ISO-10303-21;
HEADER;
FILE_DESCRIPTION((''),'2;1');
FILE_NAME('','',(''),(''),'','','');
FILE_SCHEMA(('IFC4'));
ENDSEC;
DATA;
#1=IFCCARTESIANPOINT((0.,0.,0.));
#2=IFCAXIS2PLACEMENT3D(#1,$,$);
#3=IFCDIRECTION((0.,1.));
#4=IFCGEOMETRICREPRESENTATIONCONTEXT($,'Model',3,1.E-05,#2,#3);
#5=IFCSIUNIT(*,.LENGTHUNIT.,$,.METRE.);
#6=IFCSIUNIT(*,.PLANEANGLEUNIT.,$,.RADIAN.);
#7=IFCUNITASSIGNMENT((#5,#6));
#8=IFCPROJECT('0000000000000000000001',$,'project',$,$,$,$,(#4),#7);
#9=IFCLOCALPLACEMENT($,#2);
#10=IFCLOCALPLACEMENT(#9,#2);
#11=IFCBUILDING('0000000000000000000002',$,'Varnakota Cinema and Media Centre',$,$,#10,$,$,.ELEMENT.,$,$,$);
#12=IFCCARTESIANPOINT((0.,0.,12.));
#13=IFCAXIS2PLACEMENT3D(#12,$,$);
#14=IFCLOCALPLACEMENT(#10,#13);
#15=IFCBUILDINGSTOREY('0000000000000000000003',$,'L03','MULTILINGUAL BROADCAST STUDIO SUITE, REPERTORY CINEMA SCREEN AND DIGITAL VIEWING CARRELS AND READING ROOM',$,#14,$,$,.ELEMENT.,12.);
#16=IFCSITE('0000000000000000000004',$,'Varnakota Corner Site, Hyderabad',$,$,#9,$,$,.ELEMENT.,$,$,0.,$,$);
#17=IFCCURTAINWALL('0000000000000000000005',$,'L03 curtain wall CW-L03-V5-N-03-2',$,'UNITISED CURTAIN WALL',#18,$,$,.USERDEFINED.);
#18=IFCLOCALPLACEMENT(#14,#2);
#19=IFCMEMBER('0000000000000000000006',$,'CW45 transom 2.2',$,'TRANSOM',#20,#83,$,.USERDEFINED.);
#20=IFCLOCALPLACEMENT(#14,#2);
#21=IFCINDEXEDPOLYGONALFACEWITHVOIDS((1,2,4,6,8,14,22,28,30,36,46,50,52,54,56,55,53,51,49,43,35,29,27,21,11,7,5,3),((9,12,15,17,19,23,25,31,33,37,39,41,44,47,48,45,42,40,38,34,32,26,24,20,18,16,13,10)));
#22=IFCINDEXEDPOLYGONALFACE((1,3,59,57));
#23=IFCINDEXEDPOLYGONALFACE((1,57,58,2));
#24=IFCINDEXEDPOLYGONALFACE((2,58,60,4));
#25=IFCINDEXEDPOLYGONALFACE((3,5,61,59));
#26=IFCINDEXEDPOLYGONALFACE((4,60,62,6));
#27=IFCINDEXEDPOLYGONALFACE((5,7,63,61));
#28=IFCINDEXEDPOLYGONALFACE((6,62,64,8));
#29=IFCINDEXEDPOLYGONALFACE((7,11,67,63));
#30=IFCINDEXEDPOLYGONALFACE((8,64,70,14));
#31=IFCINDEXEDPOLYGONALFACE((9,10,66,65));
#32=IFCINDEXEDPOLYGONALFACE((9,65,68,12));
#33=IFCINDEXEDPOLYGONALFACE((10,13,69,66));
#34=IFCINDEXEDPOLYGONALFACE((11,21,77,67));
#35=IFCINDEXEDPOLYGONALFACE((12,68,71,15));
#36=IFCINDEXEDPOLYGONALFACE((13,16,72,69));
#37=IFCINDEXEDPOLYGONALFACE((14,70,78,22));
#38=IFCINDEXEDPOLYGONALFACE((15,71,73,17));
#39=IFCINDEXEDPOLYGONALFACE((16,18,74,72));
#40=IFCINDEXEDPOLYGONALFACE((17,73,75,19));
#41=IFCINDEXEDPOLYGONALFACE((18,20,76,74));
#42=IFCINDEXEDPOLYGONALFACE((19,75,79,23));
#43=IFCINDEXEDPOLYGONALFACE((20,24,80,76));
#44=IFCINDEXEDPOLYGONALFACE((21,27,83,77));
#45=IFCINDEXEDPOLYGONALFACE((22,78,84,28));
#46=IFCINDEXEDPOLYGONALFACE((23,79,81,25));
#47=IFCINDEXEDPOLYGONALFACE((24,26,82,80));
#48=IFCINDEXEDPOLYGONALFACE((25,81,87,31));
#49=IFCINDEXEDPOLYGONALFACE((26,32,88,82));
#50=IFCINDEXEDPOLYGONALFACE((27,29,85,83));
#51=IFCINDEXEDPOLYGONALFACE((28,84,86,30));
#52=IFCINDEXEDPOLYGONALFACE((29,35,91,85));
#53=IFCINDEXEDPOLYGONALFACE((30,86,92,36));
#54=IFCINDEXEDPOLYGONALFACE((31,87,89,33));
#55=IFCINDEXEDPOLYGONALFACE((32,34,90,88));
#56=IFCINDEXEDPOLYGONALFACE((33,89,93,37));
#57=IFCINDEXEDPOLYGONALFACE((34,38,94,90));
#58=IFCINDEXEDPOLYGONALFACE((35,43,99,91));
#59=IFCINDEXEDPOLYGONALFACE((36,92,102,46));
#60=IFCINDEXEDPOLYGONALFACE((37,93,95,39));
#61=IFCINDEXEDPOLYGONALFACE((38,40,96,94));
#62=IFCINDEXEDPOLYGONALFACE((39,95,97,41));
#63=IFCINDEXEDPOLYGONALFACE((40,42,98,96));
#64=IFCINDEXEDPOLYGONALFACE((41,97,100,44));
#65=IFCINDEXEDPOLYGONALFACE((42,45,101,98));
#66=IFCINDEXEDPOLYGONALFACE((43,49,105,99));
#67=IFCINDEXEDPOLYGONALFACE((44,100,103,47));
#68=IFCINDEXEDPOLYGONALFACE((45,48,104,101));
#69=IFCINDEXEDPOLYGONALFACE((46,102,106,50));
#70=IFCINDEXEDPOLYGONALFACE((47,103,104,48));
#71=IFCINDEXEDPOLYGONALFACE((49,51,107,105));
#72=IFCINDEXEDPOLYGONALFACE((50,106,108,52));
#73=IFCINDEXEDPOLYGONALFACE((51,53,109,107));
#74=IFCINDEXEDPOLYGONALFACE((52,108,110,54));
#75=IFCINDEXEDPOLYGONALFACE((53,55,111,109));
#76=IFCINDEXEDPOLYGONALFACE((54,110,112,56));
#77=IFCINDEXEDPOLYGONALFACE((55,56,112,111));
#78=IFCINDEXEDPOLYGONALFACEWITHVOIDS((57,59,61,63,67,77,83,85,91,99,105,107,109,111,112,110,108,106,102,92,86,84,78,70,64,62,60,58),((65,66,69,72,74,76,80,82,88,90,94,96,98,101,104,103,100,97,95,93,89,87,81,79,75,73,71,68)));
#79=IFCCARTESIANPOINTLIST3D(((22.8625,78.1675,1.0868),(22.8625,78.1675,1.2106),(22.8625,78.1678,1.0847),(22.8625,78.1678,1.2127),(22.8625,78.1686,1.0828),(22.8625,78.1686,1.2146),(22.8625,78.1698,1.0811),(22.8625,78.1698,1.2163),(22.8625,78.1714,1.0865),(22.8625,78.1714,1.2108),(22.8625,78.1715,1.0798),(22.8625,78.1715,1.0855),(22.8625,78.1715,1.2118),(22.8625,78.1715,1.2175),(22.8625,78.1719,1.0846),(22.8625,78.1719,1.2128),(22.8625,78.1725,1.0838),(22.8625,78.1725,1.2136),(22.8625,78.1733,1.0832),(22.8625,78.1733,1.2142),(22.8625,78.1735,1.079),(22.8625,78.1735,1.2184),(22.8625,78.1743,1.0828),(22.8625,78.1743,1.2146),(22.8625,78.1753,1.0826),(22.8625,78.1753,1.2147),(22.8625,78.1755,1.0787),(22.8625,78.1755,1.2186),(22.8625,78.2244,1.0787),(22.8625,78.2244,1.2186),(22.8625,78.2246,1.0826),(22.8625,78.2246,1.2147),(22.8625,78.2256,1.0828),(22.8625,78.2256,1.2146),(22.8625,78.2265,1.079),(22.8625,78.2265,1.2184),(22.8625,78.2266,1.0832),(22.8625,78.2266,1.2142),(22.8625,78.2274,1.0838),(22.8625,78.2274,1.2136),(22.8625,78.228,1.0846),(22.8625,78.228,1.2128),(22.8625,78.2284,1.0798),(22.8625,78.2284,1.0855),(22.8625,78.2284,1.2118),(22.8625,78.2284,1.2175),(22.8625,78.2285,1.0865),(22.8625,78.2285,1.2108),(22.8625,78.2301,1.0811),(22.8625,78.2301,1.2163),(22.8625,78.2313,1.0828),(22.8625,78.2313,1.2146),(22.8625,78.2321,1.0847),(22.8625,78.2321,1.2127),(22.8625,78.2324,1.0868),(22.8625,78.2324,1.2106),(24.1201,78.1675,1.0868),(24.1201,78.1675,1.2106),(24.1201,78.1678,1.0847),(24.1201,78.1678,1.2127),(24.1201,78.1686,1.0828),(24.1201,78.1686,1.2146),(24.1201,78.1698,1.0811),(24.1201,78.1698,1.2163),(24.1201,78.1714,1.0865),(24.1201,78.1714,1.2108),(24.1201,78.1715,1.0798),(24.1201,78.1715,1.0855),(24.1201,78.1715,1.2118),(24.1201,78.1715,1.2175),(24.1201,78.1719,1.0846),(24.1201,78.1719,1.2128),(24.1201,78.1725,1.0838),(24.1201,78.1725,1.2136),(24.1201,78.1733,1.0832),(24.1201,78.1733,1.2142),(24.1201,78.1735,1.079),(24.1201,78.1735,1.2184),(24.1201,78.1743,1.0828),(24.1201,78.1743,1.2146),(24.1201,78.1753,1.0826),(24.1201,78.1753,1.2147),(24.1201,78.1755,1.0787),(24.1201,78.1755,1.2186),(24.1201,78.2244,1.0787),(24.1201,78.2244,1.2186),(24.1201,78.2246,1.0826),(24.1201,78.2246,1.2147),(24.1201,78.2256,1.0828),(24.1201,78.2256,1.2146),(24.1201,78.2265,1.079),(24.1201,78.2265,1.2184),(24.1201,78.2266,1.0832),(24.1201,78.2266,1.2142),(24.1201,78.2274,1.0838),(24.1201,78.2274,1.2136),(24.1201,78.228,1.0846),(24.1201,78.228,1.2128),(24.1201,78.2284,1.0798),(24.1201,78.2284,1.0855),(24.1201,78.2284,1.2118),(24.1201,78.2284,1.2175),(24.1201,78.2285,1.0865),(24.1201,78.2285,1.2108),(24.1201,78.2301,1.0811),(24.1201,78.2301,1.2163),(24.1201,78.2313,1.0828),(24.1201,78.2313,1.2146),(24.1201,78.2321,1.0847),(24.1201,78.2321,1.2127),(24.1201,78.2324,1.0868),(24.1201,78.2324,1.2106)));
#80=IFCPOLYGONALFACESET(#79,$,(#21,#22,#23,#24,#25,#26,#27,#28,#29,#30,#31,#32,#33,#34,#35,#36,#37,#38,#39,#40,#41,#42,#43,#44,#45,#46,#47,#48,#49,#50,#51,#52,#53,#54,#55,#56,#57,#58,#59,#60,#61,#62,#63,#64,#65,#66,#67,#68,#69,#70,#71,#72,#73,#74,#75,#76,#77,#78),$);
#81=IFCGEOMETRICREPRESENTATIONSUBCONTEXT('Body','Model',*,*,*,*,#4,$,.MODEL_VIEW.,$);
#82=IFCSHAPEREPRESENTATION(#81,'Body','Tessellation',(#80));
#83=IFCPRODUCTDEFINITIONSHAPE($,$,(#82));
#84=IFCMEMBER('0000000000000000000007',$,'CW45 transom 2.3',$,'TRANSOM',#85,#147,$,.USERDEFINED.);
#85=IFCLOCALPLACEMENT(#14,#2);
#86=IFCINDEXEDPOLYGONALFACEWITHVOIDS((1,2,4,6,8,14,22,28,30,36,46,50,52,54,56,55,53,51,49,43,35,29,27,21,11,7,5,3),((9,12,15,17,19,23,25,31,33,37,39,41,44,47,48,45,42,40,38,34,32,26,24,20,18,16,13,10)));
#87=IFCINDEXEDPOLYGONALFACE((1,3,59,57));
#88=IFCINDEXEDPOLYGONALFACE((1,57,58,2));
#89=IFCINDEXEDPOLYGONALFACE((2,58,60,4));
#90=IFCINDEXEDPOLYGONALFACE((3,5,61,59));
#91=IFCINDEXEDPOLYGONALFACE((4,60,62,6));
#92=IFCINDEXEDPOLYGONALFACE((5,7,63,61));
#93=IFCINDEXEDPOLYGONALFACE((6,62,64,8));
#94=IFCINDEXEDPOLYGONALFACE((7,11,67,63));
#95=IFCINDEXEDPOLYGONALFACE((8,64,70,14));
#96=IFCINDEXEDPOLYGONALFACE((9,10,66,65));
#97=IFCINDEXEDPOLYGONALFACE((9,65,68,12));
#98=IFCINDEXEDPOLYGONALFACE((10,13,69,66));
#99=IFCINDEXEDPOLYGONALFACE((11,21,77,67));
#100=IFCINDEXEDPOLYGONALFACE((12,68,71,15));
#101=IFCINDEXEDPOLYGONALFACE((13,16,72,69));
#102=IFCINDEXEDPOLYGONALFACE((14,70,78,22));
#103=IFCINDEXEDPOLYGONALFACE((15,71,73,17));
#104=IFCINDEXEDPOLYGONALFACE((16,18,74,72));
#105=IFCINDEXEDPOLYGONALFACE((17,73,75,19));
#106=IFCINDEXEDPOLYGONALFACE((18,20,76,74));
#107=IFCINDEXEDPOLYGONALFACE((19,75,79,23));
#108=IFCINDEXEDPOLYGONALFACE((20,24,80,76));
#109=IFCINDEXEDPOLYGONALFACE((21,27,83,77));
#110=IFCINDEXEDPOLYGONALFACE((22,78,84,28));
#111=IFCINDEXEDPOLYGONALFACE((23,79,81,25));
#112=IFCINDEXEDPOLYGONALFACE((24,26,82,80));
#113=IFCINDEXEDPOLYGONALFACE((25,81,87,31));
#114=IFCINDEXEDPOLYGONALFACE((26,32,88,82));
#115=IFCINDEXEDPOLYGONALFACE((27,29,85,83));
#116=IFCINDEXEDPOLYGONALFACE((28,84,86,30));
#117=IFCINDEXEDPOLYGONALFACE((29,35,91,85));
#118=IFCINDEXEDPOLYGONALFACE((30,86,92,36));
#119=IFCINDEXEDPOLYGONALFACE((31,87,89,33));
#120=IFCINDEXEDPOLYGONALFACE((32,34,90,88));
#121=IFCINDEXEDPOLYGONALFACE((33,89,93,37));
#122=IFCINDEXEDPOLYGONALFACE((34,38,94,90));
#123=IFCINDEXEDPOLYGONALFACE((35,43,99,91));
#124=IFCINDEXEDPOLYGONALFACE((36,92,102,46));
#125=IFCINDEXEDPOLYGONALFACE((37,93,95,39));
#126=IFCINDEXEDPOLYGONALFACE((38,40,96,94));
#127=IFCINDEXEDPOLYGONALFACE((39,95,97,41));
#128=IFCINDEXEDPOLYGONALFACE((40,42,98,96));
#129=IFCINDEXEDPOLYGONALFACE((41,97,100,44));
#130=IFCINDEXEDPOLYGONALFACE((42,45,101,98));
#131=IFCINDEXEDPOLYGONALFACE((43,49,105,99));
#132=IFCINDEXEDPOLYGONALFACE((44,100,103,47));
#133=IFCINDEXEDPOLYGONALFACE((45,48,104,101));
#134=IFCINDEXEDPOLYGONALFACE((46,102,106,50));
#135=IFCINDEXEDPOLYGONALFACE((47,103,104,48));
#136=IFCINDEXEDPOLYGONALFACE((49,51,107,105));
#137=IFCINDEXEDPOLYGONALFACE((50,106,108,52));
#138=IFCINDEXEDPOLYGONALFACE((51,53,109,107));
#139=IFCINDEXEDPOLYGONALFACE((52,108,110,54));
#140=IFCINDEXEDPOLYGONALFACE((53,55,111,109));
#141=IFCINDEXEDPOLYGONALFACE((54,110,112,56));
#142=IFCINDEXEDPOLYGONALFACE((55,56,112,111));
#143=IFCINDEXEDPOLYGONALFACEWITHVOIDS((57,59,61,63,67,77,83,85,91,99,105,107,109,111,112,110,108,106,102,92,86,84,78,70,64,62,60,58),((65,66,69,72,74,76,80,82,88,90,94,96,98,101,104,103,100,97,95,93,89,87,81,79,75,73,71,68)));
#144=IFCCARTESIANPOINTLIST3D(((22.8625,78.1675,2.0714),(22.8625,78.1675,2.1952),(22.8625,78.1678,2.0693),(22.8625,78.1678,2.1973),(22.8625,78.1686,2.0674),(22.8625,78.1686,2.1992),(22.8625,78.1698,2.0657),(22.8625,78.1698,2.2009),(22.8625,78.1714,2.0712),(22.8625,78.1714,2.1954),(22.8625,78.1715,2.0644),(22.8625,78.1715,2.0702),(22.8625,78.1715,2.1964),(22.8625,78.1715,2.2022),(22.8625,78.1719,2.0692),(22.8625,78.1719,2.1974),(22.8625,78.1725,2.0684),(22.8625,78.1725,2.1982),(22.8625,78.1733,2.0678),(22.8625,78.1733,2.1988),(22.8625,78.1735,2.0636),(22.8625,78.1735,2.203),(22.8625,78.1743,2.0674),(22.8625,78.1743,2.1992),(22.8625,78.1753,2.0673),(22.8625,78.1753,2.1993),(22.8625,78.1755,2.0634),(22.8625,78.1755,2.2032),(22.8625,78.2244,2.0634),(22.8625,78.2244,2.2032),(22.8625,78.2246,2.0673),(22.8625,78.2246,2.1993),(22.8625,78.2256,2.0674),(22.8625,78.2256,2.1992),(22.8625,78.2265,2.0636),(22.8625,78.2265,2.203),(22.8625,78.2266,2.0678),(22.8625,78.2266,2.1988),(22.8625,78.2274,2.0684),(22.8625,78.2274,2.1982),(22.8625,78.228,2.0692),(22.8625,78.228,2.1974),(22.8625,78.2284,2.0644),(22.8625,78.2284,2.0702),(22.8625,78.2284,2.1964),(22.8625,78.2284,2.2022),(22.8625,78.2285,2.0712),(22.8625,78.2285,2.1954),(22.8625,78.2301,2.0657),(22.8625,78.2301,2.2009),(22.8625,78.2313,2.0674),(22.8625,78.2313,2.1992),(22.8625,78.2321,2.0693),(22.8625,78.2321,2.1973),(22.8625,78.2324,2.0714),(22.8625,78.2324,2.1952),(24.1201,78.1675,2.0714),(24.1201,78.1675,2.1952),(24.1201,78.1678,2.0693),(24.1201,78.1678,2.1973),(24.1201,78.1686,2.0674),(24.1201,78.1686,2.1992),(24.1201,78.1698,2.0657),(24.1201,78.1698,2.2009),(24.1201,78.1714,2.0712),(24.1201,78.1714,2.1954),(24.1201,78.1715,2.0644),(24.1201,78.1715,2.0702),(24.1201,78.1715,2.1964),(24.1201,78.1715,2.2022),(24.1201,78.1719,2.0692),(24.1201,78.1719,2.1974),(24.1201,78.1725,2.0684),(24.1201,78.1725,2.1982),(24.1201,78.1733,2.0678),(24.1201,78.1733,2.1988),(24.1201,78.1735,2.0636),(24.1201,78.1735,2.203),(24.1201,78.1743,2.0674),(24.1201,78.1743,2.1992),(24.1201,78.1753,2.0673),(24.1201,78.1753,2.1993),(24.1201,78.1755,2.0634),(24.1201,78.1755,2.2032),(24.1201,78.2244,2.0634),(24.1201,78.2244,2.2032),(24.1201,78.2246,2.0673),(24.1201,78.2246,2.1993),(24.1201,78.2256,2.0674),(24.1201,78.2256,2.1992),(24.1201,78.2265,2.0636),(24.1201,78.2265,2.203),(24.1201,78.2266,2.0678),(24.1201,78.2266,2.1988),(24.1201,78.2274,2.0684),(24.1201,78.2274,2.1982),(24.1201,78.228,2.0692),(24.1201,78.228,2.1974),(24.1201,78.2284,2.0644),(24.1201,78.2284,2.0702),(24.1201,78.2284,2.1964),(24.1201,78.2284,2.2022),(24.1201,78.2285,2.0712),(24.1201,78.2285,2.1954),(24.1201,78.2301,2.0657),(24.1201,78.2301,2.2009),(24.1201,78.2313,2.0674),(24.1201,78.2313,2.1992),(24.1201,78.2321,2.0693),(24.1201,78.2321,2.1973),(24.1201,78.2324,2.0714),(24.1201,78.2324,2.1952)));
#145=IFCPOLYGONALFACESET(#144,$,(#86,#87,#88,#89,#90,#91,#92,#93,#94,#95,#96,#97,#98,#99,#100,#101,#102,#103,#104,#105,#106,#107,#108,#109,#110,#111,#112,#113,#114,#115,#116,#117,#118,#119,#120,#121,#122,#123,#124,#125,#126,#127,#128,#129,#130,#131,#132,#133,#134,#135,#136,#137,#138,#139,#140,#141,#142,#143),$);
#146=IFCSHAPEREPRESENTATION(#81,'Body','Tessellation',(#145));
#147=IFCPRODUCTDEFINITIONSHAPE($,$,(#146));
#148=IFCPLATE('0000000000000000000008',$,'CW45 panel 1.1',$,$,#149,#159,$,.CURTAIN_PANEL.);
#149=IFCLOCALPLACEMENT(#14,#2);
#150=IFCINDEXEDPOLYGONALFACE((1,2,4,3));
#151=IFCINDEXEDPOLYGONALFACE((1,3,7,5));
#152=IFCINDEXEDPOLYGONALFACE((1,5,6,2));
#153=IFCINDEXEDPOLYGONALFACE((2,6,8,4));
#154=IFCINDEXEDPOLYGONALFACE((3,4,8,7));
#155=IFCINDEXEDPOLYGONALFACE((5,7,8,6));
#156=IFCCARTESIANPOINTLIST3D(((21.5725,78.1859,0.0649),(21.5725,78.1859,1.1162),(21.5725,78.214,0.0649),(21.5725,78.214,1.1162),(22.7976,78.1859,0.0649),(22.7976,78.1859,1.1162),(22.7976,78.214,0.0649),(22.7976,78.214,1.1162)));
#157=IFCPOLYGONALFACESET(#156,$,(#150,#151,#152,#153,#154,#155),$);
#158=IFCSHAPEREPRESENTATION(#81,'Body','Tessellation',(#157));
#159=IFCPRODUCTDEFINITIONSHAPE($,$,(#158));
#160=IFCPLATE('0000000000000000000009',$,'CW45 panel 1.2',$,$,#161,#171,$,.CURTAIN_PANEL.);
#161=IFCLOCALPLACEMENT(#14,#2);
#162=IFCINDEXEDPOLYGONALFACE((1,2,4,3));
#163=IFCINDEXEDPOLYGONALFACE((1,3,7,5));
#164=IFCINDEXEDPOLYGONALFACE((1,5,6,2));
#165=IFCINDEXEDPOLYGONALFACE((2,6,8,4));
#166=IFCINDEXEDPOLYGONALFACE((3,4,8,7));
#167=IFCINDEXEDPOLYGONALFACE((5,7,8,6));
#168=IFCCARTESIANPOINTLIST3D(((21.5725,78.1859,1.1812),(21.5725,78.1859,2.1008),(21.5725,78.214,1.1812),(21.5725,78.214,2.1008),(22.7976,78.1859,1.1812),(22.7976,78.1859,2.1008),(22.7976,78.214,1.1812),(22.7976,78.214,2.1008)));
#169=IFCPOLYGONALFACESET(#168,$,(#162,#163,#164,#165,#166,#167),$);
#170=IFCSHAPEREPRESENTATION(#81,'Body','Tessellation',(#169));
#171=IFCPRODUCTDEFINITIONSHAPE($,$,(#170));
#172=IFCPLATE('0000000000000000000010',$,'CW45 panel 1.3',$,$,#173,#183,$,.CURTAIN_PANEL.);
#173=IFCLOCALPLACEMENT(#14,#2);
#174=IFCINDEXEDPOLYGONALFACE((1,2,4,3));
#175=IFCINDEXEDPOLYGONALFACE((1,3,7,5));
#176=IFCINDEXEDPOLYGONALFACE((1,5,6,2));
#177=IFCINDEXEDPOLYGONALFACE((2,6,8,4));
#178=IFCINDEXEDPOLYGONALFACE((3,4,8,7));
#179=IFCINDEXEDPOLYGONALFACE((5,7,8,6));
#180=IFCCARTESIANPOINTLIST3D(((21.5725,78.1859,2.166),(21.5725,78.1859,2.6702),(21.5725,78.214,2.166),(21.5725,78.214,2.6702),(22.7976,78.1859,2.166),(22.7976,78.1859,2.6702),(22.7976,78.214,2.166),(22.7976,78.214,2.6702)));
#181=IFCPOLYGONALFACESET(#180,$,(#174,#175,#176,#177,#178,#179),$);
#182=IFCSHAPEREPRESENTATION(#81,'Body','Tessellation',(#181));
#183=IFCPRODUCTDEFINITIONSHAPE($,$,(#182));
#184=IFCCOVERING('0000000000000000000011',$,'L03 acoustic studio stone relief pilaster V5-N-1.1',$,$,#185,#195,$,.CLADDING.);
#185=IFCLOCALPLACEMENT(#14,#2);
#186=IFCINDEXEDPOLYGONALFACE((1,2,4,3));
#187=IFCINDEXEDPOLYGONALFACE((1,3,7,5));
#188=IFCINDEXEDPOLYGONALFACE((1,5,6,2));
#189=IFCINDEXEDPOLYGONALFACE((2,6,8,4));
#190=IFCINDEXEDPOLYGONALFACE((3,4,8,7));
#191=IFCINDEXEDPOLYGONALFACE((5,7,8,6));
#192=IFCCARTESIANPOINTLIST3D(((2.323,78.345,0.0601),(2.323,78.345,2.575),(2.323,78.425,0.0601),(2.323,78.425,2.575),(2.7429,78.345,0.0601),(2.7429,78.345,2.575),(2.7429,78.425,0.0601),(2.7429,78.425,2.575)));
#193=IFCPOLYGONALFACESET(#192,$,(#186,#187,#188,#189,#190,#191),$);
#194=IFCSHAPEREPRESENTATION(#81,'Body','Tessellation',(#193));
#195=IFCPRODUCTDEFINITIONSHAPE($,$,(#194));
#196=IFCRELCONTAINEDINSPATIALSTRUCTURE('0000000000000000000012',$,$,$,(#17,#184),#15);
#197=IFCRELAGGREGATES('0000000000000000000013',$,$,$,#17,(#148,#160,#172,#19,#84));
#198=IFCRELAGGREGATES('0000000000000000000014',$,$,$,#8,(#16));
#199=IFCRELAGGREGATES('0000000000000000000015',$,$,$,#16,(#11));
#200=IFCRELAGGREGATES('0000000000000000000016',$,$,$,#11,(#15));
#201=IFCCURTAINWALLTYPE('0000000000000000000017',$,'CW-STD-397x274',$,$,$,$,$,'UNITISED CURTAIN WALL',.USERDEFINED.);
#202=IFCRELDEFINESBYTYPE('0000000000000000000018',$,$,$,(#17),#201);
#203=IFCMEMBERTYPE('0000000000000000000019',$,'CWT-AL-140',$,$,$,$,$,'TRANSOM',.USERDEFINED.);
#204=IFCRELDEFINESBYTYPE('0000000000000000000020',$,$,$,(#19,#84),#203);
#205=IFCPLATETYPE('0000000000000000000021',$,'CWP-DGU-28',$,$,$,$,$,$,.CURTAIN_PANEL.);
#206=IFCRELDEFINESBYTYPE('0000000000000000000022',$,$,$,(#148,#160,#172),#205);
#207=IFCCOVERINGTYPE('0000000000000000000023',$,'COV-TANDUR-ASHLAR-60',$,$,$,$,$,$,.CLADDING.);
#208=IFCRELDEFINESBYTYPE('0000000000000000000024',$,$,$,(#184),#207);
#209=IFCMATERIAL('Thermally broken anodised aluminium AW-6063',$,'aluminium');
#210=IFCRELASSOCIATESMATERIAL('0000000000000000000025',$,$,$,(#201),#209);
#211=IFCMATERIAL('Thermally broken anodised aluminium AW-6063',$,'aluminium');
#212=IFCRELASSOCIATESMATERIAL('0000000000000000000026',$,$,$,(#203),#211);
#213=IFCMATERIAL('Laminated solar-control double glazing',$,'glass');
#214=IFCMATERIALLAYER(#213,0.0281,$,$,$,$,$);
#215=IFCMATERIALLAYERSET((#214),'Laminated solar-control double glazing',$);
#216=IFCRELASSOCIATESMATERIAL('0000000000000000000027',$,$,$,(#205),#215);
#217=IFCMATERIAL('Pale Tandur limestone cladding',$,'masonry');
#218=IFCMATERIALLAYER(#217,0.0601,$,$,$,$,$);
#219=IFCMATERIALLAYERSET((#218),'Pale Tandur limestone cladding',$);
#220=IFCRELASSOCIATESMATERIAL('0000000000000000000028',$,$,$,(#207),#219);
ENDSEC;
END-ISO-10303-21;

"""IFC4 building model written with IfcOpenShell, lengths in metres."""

from ifc_helpers import new_model, si_unit, direction, frame, origin, origin_2d, place, context, subcontext, project, spatial, rectangle, hollow_rectangle, extrude, material, layer, layer_set, material_profile, profile_set, type_object, element, aggregate, save


model = new_model("IFC4")

# Units and contexts
model_context = context("Model", 3, precision=1e-05, world=origin(), true_north=direction((0.0, 1.0)))
body_context = subcontext(model_context, "Body", "Model", "MODEL_VIEW")
ifc_project = project(units=[si_unit("LENGTHUNIT", "METRE"), si_unit("PLANEANGLEUNIT", "RADIAN")], contexts=[model_context])

# Site, building, storey
site_placement = place(None, origin())
site = spatial("IfcSite", under=ifc_project, at=site_placement, Name="Varnakota Corner Site, Hyderabad", CompositionType="ELEMENT", RefElevation=0.0)
building_placement = place(site_placement, origin())
building = spatial("IfcBuilding", under=site, at=building_placement, Name="Varnakota Cinema and Media Centre", CompositionType="ELEMENT")
storey_placement = place(building_placement, frame((0.0, 0.0, 12.0)))
storey = spatial("IfcBuildingStorey", under=building, at=storey_placement, Name="L03", Description="MULTILINGUAL BROADCAST STUDIO SUITE, REPERTORY CINEMA SCREEN AND DIGITAL VIEWING CARRELS AND READING ROOM", CompositionType="ELEMENT", Elevation=12.0)

# Curtain wall, members, plates
ifc_material_1 = material(Name="Thermally broken anodised aluminium AW-6063", Category="aluminium")
curtain_wall_type = type_object("IfcCurtainWallType", Name="CW-STD-397x274", ElementType="UNITISED CURTAIN WALL", PredefinedType="USERDEFINED", material=ifc_material_1)
curtain_wall_placement = place(storey_placement, origin())
curtain_wall = element("IfcCurtainWall", 1, at=curtain_wall_placement, inside=storey, type_object=curtain_wall_type, Name="L03 curtain wall CW-L03-V5-N-03-2", ObjectType="UNITISED CURTAIN WALL", PredefinedType="USERDEFINED")
ifc_material_2 = material(Name="Thermally broken anodised aluminium AW-6063", Category="aluminium")
ifc_material_profile_1 = material_profile(ifc_material_2, hollow_rectangle(XDim=0.0649, YDim=0.1399, WallThickness=0.0039, InnerFilletRadius=0.0039, OuterFilletRadius=0.0081, at=origin_2d()), Name="AL-TRANSOM 140x65x4")
ifc_profile_set_1 = profile_set([ifc_material_profile_1], Name="Thermally broken anodised aluminium AW-6063")
member_type_1 = type_object("IfcMemberType", Name="CWT-AL-140", ElementType="TRANSOM", PredefinedType="USERDEFINED", material=ifc_profile_set_1)
member_1_placement = place(storey_placement, frame((22.8625, 78.2, 1.1487), z_axis=(1.0, 0.0, 0.0), x_axis=(0.0, 1.0, 0.0)))
member_1 = element("IfcMember", 2, at=member_1_placement, type_object=member_type_1, Name="CW45 transom 2.2", ObjectType="TRANSOM", PredefinedType="USERDEFINED", context=body_context, shape_type="SweptSolid", body=[
    extrude(hollow_rectangle(XDim=0.0649, YDim=0.1399, WallThickness=0.0039, InnerFilletRadius=0.0039, OuterFilletRadius=0.0081, at=origin_2d()), origin(), (0.0, 0.0, 1.0), 1.2576),
])
member_2_placement = place(storey_placement, frame((22.8625, 78.2, 2.1333), z_axis=(1.0, 0.0, 0.0), x_axis=(0.0, 1.0, 0.0)))
member_2 = element("IfcMember", 3, at=member_2_placement, type_object=member_type_1, Name="CW45 transom 2.3", ObjectType="TRANSOM", PredefinedType="USERDEFINED", context=body_context, shape_type="SweptSolid", body=[
    extrude(hollow_rectangle(XDim=0.0649, YDim=0.1399, WallThickness=0.0039, InnerFilletRadius=0.0039, OuterFilletRadius=0.0081, at=origin_2d()), origin(), (0.0, 0.0, 1.0), 1.2576),
])
ifc_material_3 = material(Name="Laminated solar-control double glazing", Category="glass")
ifc_layer_1 = layer(ifc_material_3, 0.0281)
ifc_layer_set_1 = layer_set([ifc_layer_1], Name="Laminated solar-control double glazing")
plate_type = type_object("IfcPlateType", Name="CWP-DGU-28", PredefinedType="CURTAIN_PANEL", material=ifc_layer_set_1)
plate_1_placement = place(storey_placement, frame((22.1851, 78.2, 0.0649), z_axis=(0.0, 0.0, 1.0), x_axis=(1.0, 0.0, 0.0)))
plate_1 = element("IfcPlate", 4, at=plate_1_placement, type_object=plate_type, Name="CW45 panel 1.1", PredefinedType="CURTAIN_PANEL", context=body_context, shape_type="SweptSolid", body=[
    extrude(rectangle(XDim=1.2251, YDim=0.0281, at=origin_2d()), origin(), (0.0, 0.0, 1.0), 1.0513),
])
plate_2_placement = place(storey_placement, frame((22.1851, 78.2, 1.1812), z_axis=(0.0, 0.0, 1.0), x_axis=(1.0, 0.0, 0.0)))
plate_2 = element("IfcPlate", 5, at=plate_2_placement, type_object=plate_type, Name="CW45 panel 1.2", PredefinedType="CURTAIN_PANEL", context=body_context, shape_type="SweptSolid", body=[
    extrude(rectangle(XDim=1.2251, YDim=0.0281, at=origin_2d()), origin(), (0.0, 0.0, 1.0), 0.9197),
])
plate_3_placement = place(storey_placement, frame((22.1851, 78.2, 2.166), z_axis=(0.0, 0.0, 1.0), x_axis=(1.0, 0.0, 0.0)))
plate_3 = element("IfcPlate", 6, at=plate_3_placement, type_object=plate_type, Name="CW45 panel 1.3", PredefinedType="CURTAIN_PANEL", context=body_context, shape_type="SweptSolid", body=[
    extrude(rectangle(XDim=1.2251, YDim=0.0281, at=origin_2d()), origin(), (0.0, 0.0, 1.0), 0.5042),
])
aggregate(curtain_wall, [plate_1, plate_2, plate_3, member_1, member_2])

# Covering
ifc_material_4 = material(Name="Pale Tandur limestone cladding", Category="masonry")
ifc_layer_2 = layer(ifc_material_4, 0.0601)
ifc_layer_set_2 = layer_set([ifc_layer_2], Name="Pale Tandur limestone cladding")
covering_type = type_object("IfcCoveringType", Name="COV-TANDUR-ASHLAR-60", PredefinedType="CLADDING", material=ifc_layer_set_2)
for number, where, z_axis, x_axis, name in (
    (7, (2.533, 78.385, 0.0601), (0.0, 0.0, 1.0), (1.0, 0.0, 0.0), "L03 acoustic studio stone relief pilaster V5-N-1.1"),
):
    element("IfcCovering", number, at=place(storey_placement, frame(where, z_axis=z_axis, x_axis=x_axis)), inside=storey, type_object=covering_type, Name=name, PredefinedType="CLADDING", context=body_context, shape_type="SweptSolid", body=[
        extrude(rectangle(XDim=0.4199, YDim=0.0801, at=origin_2d()), origin(), (0.0, 0.0, 1.0), 2.5149),
    ])

save(model, "model.ifc")
